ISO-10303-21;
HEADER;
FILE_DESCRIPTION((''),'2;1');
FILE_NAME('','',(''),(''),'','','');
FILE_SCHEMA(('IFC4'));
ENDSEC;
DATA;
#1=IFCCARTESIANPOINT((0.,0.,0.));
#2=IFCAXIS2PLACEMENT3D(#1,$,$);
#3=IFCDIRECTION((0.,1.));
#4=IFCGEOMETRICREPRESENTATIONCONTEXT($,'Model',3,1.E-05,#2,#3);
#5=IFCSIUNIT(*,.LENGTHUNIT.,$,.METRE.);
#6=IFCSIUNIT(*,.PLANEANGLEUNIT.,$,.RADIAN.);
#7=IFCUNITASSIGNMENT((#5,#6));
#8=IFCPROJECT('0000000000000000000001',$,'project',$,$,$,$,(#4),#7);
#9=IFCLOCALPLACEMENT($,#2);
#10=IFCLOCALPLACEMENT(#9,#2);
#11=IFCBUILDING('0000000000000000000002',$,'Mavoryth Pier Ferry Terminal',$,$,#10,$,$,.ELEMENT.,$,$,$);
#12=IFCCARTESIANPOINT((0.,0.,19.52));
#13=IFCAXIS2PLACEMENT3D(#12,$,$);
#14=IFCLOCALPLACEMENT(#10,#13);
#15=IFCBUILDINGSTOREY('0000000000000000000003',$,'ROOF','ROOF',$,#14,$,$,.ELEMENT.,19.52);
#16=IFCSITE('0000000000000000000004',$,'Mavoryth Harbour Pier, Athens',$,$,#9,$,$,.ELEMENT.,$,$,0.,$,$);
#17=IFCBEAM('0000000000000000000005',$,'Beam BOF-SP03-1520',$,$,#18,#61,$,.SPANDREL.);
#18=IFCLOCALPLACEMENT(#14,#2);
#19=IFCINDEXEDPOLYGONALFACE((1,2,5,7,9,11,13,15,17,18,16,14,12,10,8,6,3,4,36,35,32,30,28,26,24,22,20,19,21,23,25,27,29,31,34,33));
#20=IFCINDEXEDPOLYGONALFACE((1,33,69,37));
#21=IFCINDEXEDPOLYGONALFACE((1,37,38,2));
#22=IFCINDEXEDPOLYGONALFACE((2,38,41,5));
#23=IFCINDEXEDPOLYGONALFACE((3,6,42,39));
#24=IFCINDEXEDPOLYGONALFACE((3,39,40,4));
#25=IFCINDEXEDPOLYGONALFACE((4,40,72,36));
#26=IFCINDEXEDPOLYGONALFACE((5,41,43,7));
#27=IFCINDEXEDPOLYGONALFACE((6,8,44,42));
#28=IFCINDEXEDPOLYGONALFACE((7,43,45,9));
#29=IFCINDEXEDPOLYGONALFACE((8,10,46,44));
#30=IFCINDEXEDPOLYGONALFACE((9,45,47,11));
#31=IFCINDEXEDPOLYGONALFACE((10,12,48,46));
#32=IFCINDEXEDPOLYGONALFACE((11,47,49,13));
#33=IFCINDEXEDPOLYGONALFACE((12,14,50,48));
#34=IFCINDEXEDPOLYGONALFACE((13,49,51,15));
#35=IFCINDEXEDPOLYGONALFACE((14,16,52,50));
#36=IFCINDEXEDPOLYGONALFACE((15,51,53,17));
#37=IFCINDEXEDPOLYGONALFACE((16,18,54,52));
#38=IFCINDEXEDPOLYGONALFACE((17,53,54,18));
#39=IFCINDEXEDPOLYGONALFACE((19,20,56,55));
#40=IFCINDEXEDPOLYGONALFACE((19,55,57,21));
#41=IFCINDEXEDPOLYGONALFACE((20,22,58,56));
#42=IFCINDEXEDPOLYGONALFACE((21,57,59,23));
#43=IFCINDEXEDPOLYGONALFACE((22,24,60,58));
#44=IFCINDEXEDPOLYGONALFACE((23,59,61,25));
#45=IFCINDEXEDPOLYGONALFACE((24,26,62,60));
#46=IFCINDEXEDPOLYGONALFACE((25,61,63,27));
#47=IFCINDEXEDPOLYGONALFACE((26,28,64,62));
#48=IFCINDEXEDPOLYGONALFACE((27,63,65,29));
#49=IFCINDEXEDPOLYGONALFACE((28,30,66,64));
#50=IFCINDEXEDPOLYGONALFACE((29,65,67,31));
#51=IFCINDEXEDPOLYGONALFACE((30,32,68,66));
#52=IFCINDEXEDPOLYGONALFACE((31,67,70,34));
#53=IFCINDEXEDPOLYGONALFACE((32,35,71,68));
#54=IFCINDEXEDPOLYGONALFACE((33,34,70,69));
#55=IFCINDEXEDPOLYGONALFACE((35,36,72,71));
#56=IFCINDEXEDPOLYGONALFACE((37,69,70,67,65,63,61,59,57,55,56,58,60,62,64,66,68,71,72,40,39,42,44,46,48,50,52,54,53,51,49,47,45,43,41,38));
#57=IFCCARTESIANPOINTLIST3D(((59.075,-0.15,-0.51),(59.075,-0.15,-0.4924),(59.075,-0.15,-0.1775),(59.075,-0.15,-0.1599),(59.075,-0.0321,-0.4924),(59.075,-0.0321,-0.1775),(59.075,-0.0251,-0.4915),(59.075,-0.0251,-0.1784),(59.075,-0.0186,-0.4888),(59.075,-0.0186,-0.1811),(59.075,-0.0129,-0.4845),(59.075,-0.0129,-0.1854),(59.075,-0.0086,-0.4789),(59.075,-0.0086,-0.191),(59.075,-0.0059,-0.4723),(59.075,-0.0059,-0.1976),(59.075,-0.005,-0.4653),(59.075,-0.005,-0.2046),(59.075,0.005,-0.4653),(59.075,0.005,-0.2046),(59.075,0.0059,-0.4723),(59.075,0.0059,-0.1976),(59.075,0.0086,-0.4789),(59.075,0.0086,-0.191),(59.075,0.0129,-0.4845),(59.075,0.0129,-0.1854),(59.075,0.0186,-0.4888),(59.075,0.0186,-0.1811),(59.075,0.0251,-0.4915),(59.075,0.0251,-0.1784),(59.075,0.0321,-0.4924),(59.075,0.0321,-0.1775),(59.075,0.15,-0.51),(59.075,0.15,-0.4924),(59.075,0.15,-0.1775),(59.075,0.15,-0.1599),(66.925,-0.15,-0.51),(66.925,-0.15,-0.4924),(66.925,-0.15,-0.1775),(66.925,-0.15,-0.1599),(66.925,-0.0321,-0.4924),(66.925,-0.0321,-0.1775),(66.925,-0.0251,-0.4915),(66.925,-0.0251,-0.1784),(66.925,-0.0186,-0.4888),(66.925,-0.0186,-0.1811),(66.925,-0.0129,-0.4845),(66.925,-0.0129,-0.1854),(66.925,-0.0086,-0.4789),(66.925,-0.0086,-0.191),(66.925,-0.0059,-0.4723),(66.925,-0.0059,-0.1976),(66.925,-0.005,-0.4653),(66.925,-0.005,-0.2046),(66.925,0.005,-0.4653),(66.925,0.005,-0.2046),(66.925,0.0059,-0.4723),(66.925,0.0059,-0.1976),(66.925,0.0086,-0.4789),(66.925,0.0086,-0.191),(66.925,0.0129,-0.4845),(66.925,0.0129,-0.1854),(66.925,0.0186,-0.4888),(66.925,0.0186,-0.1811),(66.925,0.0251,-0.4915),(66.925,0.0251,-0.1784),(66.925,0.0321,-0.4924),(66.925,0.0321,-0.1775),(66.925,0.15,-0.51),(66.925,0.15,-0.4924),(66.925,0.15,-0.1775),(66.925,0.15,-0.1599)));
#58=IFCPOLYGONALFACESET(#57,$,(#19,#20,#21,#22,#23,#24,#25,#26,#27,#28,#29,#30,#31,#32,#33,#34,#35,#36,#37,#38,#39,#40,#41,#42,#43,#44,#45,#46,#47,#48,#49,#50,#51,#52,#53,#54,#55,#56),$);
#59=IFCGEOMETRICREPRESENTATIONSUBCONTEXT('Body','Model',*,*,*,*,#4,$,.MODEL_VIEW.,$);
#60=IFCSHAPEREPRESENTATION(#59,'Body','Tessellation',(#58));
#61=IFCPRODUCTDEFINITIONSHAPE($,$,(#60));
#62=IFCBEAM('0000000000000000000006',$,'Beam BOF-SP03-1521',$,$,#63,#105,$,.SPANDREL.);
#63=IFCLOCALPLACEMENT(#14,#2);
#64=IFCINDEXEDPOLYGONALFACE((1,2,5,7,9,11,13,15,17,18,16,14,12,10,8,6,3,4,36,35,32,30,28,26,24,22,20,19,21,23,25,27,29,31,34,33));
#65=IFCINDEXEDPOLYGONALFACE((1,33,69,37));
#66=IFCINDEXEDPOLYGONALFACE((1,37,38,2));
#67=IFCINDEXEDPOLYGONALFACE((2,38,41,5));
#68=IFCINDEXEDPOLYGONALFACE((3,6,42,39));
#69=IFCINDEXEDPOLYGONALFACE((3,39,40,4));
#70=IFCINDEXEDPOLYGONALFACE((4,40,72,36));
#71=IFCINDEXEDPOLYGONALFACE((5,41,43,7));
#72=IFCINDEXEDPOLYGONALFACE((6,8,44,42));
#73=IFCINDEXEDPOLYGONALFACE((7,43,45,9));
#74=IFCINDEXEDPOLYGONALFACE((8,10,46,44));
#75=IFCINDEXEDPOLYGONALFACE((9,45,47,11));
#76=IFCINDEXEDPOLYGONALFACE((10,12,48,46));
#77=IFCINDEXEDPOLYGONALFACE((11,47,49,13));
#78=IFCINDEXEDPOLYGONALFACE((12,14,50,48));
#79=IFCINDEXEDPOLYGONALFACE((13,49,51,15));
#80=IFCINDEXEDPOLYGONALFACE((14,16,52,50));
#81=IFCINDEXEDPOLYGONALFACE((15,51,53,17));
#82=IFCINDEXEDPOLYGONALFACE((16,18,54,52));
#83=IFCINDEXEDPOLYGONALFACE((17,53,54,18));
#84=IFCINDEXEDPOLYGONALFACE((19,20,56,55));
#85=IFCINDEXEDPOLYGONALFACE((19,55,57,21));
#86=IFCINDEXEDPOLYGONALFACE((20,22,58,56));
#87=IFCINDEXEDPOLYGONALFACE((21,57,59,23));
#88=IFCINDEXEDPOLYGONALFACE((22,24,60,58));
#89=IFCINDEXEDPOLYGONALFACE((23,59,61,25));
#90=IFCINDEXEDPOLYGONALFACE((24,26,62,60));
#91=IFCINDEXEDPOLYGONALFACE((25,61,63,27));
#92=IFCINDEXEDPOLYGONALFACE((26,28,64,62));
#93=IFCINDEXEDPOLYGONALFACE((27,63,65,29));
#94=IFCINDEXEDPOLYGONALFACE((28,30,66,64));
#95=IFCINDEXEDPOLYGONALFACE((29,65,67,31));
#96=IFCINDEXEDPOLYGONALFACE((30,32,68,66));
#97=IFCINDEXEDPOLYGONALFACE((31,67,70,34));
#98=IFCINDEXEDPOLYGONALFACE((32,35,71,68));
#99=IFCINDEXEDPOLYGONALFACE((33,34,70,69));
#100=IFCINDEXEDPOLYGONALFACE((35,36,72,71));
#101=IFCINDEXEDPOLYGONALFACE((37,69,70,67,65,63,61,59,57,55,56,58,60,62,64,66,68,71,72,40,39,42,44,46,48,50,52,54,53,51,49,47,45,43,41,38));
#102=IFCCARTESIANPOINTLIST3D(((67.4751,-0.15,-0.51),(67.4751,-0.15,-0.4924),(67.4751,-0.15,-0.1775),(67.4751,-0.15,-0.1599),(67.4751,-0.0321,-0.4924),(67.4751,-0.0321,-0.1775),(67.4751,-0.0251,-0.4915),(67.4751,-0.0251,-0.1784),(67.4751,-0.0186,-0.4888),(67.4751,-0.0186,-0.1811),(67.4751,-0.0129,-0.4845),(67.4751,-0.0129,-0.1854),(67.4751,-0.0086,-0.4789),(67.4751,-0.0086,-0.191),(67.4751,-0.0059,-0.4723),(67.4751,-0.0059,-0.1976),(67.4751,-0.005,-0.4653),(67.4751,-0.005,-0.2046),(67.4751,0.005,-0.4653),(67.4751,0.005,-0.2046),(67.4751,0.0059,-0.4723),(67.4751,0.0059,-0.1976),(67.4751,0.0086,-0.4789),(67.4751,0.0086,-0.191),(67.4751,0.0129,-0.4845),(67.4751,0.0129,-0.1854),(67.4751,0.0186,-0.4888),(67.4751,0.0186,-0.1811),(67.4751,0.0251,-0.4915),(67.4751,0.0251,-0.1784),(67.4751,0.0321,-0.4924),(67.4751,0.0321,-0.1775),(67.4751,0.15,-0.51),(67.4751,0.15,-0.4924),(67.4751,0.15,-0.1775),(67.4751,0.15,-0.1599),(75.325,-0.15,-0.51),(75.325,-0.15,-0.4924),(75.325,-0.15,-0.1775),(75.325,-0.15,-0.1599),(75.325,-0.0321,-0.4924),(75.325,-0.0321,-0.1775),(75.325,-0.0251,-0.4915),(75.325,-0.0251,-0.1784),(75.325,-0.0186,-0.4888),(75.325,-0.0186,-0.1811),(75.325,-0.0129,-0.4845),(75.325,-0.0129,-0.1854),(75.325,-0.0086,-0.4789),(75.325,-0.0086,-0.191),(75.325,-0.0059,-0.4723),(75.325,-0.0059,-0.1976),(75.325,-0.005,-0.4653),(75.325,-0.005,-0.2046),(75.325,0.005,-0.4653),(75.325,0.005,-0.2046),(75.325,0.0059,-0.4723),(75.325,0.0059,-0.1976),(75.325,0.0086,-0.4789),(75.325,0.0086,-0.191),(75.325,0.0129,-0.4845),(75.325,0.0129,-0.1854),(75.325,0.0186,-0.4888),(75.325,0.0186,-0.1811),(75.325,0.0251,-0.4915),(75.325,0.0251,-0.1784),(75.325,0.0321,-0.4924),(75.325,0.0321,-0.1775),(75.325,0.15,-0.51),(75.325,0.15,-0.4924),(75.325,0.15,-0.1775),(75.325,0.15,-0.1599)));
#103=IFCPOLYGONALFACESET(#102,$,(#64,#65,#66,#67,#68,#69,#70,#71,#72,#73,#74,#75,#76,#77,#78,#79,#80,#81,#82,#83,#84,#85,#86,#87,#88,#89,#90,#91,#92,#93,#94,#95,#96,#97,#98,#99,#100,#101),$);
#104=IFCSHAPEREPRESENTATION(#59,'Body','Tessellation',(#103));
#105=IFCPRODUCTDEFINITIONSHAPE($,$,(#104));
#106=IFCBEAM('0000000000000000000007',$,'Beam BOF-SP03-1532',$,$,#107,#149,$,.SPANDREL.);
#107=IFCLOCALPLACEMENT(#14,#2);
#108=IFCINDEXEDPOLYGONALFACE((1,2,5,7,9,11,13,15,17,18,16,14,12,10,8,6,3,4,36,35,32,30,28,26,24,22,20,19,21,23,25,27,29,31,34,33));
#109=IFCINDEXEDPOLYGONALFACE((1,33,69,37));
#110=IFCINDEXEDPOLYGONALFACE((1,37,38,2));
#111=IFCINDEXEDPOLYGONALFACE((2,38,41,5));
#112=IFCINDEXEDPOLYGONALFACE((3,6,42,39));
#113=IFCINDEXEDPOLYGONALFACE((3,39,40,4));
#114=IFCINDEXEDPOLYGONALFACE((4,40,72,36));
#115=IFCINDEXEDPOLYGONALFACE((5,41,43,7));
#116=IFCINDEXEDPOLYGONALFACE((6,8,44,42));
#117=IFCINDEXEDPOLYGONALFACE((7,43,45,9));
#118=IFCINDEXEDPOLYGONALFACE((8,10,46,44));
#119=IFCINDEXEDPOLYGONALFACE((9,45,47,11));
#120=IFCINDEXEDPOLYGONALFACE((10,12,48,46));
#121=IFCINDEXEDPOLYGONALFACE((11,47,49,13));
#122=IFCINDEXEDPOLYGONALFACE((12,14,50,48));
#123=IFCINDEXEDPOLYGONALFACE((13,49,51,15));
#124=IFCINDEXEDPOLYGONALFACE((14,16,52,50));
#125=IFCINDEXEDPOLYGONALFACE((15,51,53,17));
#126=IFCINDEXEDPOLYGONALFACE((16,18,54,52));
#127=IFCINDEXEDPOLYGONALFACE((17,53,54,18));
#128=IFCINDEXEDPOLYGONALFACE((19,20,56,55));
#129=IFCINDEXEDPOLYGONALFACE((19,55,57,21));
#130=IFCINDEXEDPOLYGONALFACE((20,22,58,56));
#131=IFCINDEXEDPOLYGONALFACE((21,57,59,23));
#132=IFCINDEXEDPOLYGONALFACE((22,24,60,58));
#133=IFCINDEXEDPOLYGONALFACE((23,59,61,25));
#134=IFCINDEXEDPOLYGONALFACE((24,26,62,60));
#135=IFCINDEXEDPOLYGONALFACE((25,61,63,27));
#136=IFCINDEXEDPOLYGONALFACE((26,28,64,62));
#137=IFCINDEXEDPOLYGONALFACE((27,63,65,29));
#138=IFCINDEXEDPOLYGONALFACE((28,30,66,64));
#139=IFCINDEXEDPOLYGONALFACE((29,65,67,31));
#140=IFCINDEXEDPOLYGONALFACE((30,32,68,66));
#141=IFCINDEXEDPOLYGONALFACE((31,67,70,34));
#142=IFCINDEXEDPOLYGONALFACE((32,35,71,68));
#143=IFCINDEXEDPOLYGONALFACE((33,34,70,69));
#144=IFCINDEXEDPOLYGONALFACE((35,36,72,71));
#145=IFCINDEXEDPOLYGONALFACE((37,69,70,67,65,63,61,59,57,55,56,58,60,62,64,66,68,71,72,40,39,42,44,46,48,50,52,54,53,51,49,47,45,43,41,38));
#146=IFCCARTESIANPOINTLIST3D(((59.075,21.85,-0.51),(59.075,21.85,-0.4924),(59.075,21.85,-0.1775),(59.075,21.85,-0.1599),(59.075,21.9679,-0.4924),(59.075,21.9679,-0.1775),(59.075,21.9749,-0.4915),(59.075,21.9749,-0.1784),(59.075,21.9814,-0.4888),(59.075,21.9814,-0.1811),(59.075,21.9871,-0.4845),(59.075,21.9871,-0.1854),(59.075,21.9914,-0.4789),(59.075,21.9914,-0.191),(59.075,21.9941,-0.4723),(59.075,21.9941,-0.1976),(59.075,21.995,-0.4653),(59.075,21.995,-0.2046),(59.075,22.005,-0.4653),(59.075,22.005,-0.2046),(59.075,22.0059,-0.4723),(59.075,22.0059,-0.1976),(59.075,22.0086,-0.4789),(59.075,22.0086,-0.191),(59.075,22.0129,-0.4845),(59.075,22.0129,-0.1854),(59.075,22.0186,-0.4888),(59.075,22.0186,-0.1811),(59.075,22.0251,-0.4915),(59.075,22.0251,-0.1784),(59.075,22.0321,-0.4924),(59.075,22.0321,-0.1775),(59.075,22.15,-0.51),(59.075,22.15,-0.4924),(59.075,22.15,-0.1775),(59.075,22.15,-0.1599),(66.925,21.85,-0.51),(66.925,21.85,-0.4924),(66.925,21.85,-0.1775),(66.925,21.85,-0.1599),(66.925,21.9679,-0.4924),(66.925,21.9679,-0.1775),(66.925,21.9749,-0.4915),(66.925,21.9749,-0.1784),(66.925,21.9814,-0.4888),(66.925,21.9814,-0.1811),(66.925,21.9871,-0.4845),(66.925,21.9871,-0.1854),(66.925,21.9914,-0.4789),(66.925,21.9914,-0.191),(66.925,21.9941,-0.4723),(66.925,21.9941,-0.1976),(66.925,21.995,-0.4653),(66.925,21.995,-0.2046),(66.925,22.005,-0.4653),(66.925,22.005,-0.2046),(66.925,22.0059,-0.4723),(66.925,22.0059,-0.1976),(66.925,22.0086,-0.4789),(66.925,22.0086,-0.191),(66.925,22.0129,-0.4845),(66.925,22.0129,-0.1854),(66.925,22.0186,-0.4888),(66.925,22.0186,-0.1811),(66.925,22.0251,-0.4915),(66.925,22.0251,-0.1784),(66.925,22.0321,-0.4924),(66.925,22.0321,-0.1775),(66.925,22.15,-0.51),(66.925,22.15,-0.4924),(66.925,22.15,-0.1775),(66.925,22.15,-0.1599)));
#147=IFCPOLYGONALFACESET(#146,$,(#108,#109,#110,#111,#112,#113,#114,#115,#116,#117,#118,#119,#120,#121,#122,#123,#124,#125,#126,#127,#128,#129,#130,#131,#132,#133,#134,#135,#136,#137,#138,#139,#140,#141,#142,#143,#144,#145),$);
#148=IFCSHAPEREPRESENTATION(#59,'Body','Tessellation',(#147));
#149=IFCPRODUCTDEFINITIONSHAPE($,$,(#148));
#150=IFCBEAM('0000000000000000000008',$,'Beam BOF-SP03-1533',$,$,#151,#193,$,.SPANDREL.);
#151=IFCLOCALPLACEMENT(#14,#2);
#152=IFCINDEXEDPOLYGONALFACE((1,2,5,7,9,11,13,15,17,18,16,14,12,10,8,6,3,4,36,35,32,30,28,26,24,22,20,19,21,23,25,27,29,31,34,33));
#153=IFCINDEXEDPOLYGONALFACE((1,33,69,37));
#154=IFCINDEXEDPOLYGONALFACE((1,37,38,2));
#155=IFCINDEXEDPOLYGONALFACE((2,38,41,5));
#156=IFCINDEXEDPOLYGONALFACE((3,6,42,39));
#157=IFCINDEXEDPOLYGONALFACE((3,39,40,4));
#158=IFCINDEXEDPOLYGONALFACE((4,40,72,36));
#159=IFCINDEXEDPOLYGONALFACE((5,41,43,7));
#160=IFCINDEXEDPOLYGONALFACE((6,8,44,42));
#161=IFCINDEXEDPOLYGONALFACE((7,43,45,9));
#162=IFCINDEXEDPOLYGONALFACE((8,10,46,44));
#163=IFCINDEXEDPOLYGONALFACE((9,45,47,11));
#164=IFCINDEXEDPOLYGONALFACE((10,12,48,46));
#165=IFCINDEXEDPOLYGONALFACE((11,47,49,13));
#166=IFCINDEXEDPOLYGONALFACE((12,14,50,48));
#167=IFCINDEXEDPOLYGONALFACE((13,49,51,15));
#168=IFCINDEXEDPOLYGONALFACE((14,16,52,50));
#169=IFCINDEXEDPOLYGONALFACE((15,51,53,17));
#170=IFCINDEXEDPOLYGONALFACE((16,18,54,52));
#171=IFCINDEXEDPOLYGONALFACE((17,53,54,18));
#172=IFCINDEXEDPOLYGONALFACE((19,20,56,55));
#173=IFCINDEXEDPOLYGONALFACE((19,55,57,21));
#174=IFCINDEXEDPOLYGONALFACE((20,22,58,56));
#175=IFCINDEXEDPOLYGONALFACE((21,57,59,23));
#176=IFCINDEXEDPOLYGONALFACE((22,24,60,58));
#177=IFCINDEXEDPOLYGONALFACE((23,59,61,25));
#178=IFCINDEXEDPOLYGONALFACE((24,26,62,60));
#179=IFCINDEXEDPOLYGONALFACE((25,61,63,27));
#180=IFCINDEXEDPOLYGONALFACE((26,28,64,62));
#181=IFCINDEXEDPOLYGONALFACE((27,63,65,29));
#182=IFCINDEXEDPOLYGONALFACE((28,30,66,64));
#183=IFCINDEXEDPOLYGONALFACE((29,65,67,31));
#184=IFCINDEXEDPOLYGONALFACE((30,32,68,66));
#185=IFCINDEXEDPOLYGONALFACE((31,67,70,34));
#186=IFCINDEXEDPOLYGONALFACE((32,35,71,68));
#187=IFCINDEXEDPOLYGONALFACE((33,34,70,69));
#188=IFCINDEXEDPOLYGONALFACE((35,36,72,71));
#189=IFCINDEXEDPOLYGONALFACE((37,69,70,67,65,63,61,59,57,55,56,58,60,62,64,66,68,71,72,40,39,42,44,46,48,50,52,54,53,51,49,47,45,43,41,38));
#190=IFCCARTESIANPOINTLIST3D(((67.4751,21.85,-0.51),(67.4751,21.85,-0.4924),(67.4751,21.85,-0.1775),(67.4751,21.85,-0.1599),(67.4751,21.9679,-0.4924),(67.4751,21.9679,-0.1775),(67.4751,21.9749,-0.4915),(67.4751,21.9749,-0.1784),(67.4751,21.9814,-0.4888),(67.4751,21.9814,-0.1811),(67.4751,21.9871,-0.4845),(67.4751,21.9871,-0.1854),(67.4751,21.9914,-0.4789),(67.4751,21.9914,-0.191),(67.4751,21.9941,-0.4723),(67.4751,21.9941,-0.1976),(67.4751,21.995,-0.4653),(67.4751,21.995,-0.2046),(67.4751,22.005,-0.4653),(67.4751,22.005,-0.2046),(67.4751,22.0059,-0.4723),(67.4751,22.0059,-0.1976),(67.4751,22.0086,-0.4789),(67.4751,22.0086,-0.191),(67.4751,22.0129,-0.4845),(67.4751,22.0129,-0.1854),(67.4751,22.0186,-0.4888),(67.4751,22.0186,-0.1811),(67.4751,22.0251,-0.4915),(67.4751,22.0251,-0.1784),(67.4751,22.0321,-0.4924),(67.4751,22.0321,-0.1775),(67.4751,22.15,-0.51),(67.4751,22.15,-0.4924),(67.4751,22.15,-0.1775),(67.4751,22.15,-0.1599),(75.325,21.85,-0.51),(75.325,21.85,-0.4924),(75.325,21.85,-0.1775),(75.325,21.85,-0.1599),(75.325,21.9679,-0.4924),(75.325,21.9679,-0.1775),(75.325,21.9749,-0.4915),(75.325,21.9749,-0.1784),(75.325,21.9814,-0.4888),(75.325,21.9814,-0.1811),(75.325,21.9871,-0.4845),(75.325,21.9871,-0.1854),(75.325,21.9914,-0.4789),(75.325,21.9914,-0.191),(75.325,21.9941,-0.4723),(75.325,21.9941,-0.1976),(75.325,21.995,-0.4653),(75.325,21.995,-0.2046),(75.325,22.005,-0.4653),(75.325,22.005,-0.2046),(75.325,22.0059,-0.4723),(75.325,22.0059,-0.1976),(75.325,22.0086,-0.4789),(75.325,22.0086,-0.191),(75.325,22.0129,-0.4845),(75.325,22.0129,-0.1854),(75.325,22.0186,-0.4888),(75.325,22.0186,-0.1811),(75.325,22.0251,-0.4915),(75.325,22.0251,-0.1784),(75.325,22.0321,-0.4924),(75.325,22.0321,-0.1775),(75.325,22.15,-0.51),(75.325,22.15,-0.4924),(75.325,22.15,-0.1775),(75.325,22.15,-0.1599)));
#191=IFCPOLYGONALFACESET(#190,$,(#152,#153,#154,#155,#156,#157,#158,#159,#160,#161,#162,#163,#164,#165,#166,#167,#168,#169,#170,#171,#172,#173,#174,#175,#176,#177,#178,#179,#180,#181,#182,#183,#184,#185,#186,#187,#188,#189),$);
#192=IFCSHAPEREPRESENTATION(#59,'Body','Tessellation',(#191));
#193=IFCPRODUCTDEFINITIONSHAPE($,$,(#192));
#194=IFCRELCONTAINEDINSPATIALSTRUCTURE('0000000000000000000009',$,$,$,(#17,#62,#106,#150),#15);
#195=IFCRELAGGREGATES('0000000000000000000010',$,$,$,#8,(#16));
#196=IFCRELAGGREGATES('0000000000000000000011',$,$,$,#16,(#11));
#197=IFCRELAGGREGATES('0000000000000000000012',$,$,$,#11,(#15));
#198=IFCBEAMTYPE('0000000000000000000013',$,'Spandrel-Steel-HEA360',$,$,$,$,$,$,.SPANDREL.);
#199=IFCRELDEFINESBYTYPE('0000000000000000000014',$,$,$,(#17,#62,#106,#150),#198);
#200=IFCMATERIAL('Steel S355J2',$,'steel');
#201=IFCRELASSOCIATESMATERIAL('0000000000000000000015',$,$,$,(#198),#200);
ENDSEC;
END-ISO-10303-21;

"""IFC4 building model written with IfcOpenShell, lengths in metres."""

from ifc_helpers import new_model, si_unit, direction, frame, origin, origin_2d, place, context, subcontext, project, spatial, i_section, extrude, material, material_profile, profile_set, type_object, element, save


model = new_model("IFC4")

# Units and contexts
model_context = context("Model", 3, precision=1e-05, world=origin(), true_north=direction((0.0, 1.0)))
body_context = subcontext(model_context, "Body", "Model", "MODEL_VIEW")
ifc_project = project(units=[si_unit("LENGTHUNIT", "METRE"), si_unit("PLANEANGLEUNIT", "RADIAN")], contexts=[model_context])

# Site, building, storey
site_placement = place(None, origin())
site = spatial("IfcSite", under=ifc_project, at=site_placement, Name="Mavoryth Harbour Pier, Athens", CompositionType="ELEMENT", RefElevation=0.0)
building_placement = place(site_placement, origin())
building = spatial("IfcBuilding", under=site, at=building_placement, Name="Mavoryth Pier Ferry Terminal", CompositionType="ELEMENT")
storey_placement = place(building_placement, frame((0.0, 0.0, 19.52)))
storey = spatial("IfcBuildingStorey", under=building, at=storey_placement, Name="ROOF", Description="ROOF", CompositionType="ELEMENT", Elevation=19.52)

# Beams
ifc_material_1 = material(Name="Steel S355J2", Category="steel")
ifc_material_profile_1 = material_profile(ifc_material_1, i_section(OverallWidth=0.3, OverallDepth=0.3501, WebThickness=0.01, FlangeThickness=0.0176, FilletRadius=0.0271, at=origin_2d()), Name="HEA 360", Category="steel")
ifc_profile_set_1 = profile_set([ifc_material_profile_1], Name="Steel S355J2 - HEA 360")
beam_type_1 = type_object("IfcBeamType", Name="Spandrel-Steel-HEA360", PredefinedType="SPANDREL", material=ifc_profile_set_1)
beam_1_placement = place(storey_placement, frame((59.075, 0.0, -0.335), z_axis=(1.0, 0.0, 0.0), x_axis=(0.0, 1.0, 0.0)))
element("IfcBeam", 1, at=beam_1_placement, inside=storey, type_object=beam_type_1, Name="Beam BOF-SP03-1520", PredefinedType="SPANDREL", context=body_context, shape_type="SweptSolid", body=[
    extrude(i_section(OverallWidth=0.3, OverallDepth=0.3501, WebThickness=0.01, FlangeThickness=0.0176, FilletRadius=0.0271, at=origin_2d()), origin(), (0.0, 0.0, 1.0), 7.8501),
])
beam_2_placement = place(storey_placement, frame((67.4751, 0.0, -0.335), z_axis=(1.0, 0.0, 0.0), x_axis=(0.0, 1.0, 0.0)))
element("IfcBeam", 2, at=beam_2_placement, inside=storey, type_object=beam_type_1, Name="Beam BOF-SP03-1521", PredefinedType="SPANDREL", context=body_context, shape_type="SweptSolid", body=[
    extrude(i_section(OverallWidth=0.3, OverallDepth=0.3501, WebThickness=0.01, FlangeThickness=0.0176, FilletRadius=0.0271, at=origin_2d()), origin(), (0.0, 0.0, 1.0), 7.8499),
])
beam_3_placement = place(storey_placement, frame((59.075, 22.0, -0.335), z_axis=(1.0, 0.0, 0.0), x_axis=(0.0, 1.0, 0.0)))
element("IfcBeam", 3, at=beam_3_placement, inside=storey, type_object=beam_type_1, Name="Beam BOF-SP03-1532", PredefinedType="SPANDREL", context=body_context, shape_type="SweptSolid", body=[
    extrude(i_section(OverallWidth=0.3, OverallDepth=0.3501, WebThickness=0.01, FlangeThickness=0.0176, FilletRadius=0.0271, at=origin_2d()), origin(), (0.0, 0.0, 1.0), 7.8501),
])
beam_4_placement = place(storey_placement, frame((67.4751, 22.0, -0.335), z_axis=(1.0, 0.0, 0.0), x_axis=(0.0, 1.0, 0.0)))
element("IfcBeam", 4, at=beam_4_placement, inside=storey, type_object=beam_type_1, Name="Beam BOF-SP03-1533", PredefinedType="SPANDREL", context=body_context, shape_type="SweptSolid", body=[
    extrude(i_section(OverallWidth=0.3, OverallDepth=0.3501, WebThickness=0.01, FlangeThickness=0.0176, FilletRadius=0.0271, at=origin_2d()), origin(), (0.0, 0.0, 1.0), 7.8499),
])

save(model, "model.ifc")
